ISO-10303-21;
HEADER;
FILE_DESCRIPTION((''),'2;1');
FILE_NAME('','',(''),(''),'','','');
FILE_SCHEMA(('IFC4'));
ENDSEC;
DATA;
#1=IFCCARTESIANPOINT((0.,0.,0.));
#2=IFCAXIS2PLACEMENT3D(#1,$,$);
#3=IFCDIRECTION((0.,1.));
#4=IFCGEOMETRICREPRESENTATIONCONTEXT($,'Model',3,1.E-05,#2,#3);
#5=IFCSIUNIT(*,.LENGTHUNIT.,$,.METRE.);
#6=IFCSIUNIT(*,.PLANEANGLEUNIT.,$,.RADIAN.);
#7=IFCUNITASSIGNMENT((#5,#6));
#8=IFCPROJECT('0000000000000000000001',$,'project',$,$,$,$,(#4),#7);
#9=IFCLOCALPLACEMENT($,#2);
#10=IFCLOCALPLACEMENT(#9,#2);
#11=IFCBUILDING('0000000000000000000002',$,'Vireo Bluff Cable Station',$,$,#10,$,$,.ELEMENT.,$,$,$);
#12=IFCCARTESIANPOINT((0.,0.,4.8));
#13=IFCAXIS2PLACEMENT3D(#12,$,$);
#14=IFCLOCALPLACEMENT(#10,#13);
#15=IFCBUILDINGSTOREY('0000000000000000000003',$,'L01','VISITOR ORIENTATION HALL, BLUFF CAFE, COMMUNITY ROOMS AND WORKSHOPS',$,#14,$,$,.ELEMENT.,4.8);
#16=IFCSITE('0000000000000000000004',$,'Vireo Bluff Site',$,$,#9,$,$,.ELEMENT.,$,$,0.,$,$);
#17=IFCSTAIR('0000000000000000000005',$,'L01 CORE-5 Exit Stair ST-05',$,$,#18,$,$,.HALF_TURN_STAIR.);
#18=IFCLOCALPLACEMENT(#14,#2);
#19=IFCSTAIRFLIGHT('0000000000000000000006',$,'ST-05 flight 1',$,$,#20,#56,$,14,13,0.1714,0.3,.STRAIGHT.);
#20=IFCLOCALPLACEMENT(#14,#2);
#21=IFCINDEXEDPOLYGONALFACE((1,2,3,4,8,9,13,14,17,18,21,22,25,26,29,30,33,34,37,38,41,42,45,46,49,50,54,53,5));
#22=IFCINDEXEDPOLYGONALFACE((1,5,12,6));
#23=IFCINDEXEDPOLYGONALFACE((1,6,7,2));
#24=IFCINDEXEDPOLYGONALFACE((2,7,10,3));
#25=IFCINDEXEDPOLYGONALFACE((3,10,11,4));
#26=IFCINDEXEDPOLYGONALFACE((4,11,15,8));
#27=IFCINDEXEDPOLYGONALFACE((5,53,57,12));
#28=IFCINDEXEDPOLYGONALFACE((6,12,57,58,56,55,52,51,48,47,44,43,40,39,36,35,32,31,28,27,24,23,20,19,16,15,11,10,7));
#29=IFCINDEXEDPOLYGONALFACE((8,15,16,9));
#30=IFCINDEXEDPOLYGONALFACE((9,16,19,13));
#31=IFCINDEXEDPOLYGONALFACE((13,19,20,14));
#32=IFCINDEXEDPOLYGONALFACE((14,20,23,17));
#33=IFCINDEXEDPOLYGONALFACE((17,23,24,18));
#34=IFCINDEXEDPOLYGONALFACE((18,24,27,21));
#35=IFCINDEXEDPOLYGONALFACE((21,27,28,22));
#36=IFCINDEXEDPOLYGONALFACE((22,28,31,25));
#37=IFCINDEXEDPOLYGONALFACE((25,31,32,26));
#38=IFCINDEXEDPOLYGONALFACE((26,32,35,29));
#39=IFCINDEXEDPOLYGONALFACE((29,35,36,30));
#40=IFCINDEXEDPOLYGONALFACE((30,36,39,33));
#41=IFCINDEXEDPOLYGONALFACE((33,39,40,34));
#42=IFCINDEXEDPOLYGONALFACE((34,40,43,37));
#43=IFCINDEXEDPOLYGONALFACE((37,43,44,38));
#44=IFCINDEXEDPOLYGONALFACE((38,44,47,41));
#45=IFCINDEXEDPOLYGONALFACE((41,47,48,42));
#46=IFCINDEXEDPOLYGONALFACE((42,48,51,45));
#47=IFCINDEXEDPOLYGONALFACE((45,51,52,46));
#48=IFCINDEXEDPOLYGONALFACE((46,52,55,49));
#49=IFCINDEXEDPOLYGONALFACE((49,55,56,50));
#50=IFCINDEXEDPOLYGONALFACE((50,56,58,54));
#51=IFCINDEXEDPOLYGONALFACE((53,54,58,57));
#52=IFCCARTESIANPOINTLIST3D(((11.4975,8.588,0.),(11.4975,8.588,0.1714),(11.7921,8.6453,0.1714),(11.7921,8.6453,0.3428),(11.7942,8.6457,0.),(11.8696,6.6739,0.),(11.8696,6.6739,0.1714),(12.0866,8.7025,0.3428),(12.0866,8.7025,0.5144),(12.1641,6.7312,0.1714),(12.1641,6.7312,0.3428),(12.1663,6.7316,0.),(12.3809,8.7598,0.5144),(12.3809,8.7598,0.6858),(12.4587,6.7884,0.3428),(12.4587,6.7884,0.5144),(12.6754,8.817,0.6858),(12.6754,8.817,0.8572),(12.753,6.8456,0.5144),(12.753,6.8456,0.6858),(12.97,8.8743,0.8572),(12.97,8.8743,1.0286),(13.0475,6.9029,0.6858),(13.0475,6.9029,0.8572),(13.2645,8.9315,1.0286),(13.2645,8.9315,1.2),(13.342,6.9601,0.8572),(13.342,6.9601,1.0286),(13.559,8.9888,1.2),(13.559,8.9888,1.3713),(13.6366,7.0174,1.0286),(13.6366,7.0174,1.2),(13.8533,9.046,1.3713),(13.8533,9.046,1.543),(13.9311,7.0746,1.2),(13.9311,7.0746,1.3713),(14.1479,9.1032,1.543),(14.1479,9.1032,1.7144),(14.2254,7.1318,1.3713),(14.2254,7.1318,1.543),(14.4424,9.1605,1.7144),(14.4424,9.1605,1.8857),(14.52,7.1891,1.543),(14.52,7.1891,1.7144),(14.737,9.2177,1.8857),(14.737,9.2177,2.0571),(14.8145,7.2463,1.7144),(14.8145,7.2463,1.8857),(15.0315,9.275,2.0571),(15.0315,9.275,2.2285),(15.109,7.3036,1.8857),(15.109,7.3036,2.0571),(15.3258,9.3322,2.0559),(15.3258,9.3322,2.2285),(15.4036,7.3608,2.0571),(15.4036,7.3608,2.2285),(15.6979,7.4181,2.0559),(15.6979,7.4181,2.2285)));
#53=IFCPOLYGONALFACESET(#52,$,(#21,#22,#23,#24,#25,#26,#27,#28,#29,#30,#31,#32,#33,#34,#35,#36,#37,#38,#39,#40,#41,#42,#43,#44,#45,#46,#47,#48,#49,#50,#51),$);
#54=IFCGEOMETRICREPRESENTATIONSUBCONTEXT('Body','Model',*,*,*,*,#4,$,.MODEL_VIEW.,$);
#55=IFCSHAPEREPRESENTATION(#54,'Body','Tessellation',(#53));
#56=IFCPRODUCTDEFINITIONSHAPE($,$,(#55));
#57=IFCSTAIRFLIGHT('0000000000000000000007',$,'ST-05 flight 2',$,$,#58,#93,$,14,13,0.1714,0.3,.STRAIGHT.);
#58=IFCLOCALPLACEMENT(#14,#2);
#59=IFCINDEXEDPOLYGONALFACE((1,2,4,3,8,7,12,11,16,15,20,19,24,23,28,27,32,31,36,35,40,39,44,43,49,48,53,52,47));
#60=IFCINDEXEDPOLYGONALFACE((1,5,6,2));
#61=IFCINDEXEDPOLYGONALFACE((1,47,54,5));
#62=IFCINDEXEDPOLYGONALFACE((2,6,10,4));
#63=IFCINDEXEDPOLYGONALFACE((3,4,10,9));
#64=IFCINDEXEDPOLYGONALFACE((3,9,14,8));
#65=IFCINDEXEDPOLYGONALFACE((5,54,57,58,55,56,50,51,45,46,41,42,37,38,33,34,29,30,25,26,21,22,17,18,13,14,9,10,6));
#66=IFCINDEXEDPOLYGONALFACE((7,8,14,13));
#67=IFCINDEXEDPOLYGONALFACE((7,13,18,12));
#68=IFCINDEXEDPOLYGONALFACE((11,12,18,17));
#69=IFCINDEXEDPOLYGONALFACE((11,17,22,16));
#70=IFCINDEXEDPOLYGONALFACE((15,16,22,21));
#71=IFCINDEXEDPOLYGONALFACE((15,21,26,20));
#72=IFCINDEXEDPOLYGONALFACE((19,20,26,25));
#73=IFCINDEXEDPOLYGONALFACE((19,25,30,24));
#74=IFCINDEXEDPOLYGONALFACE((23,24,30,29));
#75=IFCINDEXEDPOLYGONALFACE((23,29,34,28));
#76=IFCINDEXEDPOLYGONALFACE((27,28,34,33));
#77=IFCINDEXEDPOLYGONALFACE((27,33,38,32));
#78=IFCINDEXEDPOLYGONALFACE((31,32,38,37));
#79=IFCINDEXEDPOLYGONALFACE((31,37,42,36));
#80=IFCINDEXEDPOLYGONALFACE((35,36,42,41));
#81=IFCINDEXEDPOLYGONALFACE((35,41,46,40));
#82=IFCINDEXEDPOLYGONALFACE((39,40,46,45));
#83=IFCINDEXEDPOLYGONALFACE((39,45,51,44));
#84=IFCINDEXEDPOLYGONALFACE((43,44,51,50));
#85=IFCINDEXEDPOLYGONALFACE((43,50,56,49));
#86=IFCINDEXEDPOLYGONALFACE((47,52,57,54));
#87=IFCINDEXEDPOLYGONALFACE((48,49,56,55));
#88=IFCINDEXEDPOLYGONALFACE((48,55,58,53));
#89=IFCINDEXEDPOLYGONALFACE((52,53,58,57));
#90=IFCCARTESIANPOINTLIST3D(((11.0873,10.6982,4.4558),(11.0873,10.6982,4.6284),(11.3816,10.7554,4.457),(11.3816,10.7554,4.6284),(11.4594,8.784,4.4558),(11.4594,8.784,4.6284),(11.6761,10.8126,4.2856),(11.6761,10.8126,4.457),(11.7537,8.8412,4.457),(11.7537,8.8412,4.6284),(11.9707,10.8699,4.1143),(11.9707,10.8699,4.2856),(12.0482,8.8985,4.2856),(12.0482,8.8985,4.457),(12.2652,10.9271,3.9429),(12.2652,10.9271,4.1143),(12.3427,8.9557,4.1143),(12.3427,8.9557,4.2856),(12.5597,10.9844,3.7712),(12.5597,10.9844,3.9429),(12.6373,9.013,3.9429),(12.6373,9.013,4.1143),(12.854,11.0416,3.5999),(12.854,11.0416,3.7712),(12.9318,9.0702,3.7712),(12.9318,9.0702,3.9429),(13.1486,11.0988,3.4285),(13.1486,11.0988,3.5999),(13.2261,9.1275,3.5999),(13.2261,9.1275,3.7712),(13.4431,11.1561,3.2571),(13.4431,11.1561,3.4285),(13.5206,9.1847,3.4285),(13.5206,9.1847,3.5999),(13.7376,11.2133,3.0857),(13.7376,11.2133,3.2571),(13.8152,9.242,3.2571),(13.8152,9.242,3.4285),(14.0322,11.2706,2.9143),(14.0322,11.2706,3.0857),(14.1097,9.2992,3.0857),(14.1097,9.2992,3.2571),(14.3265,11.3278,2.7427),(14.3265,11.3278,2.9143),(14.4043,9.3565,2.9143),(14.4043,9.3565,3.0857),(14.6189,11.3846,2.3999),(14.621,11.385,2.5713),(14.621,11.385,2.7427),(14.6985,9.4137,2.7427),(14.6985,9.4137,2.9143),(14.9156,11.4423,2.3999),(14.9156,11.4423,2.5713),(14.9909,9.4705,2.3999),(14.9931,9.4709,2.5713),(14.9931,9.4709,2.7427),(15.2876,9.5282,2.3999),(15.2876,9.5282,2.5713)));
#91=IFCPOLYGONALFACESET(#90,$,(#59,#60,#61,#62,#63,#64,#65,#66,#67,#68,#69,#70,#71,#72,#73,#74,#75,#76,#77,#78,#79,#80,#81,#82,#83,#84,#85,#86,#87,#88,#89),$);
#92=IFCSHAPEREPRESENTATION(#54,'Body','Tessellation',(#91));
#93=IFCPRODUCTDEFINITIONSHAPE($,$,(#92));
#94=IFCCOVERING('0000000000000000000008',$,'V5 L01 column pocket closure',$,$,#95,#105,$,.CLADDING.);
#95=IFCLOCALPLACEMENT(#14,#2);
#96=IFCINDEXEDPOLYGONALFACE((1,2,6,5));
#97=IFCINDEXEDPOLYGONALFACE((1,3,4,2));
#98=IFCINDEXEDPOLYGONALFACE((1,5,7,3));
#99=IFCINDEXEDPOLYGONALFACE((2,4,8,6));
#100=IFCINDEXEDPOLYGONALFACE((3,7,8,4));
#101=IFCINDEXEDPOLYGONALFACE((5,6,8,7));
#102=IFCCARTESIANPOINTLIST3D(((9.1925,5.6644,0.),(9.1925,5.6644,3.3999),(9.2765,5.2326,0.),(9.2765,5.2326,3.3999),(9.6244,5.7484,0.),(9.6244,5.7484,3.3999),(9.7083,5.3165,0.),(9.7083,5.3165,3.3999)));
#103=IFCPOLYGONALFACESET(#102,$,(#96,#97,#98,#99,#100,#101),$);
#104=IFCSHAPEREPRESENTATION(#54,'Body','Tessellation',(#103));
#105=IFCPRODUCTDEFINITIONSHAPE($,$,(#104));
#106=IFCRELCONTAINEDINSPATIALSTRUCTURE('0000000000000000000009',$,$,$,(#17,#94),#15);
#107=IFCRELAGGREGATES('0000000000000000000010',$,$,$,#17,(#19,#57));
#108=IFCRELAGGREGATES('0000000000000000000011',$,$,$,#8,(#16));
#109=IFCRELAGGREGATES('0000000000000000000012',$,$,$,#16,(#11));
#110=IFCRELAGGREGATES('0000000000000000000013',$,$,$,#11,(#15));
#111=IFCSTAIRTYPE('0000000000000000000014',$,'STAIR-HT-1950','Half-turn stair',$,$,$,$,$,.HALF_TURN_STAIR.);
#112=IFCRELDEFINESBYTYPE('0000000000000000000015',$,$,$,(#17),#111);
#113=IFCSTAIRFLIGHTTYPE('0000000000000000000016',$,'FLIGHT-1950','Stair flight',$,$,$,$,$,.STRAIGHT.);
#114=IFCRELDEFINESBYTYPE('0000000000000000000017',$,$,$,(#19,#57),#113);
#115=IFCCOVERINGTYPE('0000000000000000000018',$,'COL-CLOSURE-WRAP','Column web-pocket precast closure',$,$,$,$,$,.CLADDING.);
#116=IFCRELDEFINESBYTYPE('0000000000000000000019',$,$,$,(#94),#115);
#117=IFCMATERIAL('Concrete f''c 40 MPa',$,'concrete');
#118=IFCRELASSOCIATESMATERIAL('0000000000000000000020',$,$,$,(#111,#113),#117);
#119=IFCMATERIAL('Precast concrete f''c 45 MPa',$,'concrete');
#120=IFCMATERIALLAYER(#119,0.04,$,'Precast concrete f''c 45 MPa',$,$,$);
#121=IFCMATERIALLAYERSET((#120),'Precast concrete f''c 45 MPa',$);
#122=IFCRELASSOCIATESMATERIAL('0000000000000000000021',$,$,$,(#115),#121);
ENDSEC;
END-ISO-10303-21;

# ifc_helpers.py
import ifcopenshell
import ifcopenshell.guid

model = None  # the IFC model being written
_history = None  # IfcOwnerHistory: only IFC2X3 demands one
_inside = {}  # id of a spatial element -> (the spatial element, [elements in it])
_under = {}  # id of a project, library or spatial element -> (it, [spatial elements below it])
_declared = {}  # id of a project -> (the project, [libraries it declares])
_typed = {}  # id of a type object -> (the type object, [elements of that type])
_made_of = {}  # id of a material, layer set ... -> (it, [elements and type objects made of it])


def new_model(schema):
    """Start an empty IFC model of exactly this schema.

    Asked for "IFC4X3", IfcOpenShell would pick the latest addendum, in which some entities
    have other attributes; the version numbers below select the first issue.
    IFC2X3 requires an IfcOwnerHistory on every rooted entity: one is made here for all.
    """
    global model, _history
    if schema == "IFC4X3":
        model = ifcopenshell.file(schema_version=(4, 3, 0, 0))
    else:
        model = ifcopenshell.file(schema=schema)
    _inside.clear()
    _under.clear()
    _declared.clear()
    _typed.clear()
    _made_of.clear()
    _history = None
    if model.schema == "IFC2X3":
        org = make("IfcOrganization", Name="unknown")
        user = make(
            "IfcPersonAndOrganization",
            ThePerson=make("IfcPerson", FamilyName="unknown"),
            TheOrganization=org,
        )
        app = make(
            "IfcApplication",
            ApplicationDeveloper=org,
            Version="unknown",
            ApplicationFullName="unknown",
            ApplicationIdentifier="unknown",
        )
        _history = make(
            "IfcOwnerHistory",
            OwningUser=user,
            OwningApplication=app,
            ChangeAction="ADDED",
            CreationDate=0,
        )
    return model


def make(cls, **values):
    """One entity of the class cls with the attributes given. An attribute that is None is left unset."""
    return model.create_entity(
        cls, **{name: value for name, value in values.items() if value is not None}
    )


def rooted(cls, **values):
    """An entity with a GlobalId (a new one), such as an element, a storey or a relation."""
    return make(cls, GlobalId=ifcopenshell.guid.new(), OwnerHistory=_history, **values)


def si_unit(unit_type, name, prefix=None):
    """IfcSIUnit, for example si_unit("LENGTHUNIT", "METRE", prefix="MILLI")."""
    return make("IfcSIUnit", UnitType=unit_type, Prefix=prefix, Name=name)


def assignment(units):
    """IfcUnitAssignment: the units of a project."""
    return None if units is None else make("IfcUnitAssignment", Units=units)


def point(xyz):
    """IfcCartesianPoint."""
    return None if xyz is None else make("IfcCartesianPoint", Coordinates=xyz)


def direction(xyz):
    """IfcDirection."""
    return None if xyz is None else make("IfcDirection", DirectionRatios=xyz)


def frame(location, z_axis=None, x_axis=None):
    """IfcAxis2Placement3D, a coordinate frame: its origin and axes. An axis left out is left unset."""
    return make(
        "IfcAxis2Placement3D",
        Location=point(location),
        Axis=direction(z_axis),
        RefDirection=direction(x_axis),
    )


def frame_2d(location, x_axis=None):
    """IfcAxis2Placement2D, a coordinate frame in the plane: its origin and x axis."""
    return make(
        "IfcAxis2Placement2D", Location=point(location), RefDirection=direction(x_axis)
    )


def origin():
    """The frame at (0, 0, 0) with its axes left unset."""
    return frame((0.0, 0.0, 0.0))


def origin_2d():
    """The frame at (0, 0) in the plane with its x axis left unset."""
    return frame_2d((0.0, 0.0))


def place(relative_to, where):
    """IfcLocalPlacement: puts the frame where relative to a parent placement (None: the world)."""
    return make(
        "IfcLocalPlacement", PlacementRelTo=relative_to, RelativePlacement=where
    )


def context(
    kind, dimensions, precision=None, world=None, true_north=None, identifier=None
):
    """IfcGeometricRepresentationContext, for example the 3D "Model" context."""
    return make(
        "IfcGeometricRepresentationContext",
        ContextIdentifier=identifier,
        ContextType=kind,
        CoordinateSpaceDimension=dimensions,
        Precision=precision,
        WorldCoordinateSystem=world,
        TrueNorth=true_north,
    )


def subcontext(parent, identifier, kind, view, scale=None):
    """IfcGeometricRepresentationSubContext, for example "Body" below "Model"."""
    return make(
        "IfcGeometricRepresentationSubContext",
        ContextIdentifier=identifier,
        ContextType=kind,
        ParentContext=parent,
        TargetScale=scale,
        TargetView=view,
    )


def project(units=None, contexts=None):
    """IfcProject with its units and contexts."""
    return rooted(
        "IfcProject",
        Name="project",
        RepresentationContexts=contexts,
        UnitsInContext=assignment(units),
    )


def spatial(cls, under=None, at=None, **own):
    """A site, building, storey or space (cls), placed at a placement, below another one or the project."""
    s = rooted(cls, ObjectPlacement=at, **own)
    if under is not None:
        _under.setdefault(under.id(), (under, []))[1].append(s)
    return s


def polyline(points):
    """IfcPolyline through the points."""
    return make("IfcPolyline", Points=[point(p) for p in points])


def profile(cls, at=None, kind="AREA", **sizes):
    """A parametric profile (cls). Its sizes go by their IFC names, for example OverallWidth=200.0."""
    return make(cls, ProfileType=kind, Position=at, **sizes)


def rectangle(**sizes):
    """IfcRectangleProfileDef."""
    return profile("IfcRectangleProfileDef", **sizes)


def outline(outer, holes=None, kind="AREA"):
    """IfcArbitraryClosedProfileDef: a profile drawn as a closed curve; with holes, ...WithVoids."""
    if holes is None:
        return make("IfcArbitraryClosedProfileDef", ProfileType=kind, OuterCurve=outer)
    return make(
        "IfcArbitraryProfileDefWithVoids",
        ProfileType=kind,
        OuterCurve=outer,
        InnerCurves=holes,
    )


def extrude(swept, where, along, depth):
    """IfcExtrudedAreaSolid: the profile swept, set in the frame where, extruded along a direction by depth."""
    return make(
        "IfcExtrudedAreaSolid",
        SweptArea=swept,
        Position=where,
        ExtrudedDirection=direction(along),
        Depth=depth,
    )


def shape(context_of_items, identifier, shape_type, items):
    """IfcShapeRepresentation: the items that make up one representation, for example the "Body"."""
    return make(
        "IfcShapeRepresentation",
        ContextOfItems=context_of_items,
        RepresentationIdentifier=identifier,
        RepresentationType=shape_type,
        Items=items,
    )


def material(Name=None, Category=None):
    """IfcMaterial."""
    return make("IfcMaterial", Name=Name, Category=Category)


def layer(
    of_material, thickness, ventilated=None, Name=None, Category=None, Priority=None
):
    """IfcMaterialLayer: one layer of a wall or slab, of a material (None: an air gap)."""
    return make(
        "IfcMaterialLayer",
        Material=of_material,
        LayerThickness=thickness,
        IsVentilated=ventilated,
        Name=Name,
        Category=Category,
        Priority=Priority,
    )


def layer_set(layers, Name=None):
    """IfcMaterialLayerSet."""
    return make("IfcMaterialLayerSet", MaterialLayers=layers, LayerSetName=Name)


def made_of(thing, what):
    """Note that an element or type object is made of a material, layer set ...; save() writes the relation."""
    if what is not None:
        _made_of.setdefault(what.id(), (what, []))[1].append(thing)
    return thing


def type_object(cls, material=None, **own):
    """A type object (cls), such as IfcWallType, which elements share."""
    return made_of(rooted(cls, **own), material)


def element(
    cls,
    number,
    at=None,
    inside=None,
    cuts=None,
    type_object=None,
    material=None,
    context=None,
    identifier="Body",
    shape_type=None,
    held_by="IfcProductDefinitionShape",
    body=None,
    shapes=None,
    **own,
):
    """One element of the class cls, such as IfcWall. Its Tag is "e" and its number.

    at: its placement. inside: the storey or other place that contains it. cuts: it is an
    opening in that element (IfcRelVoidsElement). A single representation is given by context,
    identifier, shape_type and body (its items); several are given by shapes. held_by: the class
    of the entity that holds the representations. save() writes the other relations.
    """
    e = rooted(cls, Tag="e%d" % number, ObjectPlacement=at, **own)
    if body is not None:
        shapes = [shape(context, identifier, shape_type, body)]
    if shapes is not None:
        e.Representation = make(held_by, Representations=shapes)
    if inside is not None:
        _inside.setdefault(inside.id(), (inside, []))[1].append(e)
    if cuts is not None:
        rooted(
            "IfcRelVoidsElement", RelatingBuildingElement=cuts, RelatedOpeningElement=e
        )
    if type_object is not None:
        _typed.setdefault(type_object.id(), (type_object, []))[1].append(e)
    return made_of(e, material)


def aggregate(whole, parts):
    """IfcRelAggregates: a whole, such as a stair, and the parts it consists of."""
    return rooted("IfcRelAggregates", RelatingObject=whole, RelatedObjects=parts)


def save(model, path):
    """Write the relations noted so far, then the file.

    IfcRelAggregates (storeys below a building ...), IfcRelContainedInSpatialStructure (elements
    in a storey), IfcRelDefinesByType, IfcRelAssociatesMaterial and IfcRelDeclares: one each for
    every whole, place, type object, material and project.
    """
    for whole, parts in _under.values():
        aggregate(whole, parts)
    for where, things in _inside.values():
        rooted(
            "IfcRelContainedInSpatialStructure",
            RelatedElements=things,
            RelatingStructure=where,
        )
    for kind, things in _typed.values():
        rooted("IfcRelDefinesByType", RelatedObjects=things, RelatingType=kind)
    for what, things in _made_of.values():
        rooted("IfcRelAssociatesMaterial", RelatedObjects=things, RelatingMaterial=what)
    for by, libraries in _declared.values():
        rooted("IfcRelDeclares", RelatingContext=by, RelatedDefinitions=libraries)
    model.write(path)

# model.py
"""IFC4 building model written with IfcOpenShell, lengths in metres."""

from ifc_helpers import new_model, si_unit, direction, frame, origin, origin_2d, place, context, subcontext, project, spatial, polyline, rectangle, outline, extrude, material, layer, layer_set, type_object, element, aggregate, save


model = new_model("IFC4")

# Units and contexts
model_context = context("Model", 3, precision=1e-05, world=origin(), true_north=direction((0.0, 1.0)))
body_context = subcontext(model_context, "Body", "Model", "MODEL_VIEW")
ifc_project = project(units=[si_unit("LENGTHUNIT", "METRE"), si_unit("PLANEANGLEUNIT", "RADIAN")], contexts=[model_context])

# Site, building, storey
site_placement = place(None, origin())
site = spatial("IfcSite", under=ifc_project, at=site_placement, Name="Vireo Bluff Site", CompositionType="ELEMENT", RefElevation=0.0)
building_placement = place(site_placement, origin())
building = spatial("IfcBuilding", under=site, at=building_placement, Name="Vireo Bluff Cable Station", CompositionType="ELEMENT")
storey_placement = place(building_placement, frame((0.0, 0.0, 4.8)))
storey = spatial("IfcBuildingStorey", under=building, at=storey_placement, Name="L01", Description="VISITOR ORIENTATION HALL, BLUFF CAFE, COMMUNITY ROOMS AND WORKSHOPS", CompositionType="ELEMENT", Elevation=4.8)

# Shared definitions
ifc_material_1 = material(Name="Precast concrete f'c 45 MPa", Category="concrete")

# Shared definitions
ifc_material_2 = material(Name="Concrete f'c 40 MPa", Category="concrete")

# Stair, stair flights
stair_type = type_object("IfcStairType", Name="STAIR-HT-1950", Description="Half-turn stair", PredefinedType="HALF_TURN_STAIR", material=ifc_material_2)
stair_placement = place(storey_placement, origin())
stair = element("IfcStair", 1, at=stair_placement, inside=storey, type_object=stair_type, Name="L01 CORE-5 Exit Stair ST-05", PredefinedType="HALF_TURN_STAIR")
stair_flight_type = type_object("IfcStairFlightType", Name="FLIGHT-1950", Description="Stair flight", PredefinedType="STRAIGHT", material=ifc_material_2)
stair_flight_1_placement = place(storey_placement, frame((11.6836, 7.6309, 0.0), z_axis=(0.0, 0.0, 1.0), x_axis=(0.981627, 0.190809, 0.0)))
stair_flight_1 = element("IfcStairFlight", 2, at=stair_flight_1_placement, type_object=stair_flight_type, Name="ST-05 flight 1", NumberOfRisers=14, NumberOfTreads=13, PredefinedType="STRAIGHT", RiserHeight=0.1714, TreadLength=0.3, context=body_context, shape_type="SweptSolid", body=[
    extrude(outline(polyline([(0.0, 0.0), (0.0, 0.1714), (0.3, 0.1714), (0.3, 0.3428), (0.6001, 0.3428), (0.6001, 0.5144), (0.8999, 0.5144), (0.8999, 0.6858), (1.2, 0.6858), (1.2, 0.8572), (1.5, 0.8572), (1.5, 1.0286), (1.8, 1.0286), (1.8, 1.2), (2.1001, 1.2), (2.1001, 1.3713), (2.3999, 1.3713), (2.3999, 1.543), (2.7, 1.543), (2.7, 1.7144), (3.0, 1.7144), (3.0, 1.8857), (3.3, 1.8857), (3.3, 2.0571), (3.6001, 2.0571), (3.6001, 2.2285), (3.8999, 2.2285), (3.8999, 2.3999), (3.8999, 2.0559), (0.3022, 0.0), (0.0, 0.0)])), frame((0.0, 0.9751, 0.0), z_axis=(0.0, -1.0, 0.0), x_axis=(1.0, 0.0, 0.0)), (0.0, 0.0, 1.0), 1.95),
])
stair_flight_2_placement = place(storey_placement, frame((15.1016, 10.4854, 2.3999), z_axis=(0.0, 0.0, 1.0), x_axis=(-0.981627, -0.190809, 0.0)))
stair_flight_2 = element("IfcStairFlight", 3, at=stair_flight_2_placement, type_object=stair_flight_type, Name="ST-05 flight 2", NumberOfRisers=14, NumberOfTreads=13, PredefinedType="STRAIGHT", RiserHeight=0.1714, TreadLength=0.3, context=body_context, shape_type="SweptSolid", body=[
    extrude(outline(polyline([(0.0, 0.0), (0.0, 0.1714), (0.3, 0.1714), (0.3, 0.3428), (0.6001, 0.3428), (0.6001, 0.5144), (0.8999, 0.5144), (0.8999, 0.6858), (1.2, 0.6858), (1.2, 0.8572), (1.5, 0.8572), (1.5, 1.0286), (1.8, 1.0286), (1.8, 1.2), (2.1001, 1.2), (2.1001, 1.3713), (2.3999, 1.3713), (2.3999, 1.543), (2.7, 1.543), (2.7, 1.7144), (3.0, 1.7144), (3.0, 1.8857), (3.3, 1.8857), (3.3, 2.0571), (3.6001, 2.0571), (3.6001, 2.2285), (3.8999, 2.2285), (3.8999, 2.3999), (3.8999, 2.0559), (0.3022, 0.0), (0.0, 0.0)])), frame((0.0, 0.9751, 0.0), z_axis=(0.0, -1.0, 0.0), x_axis=(1.0, 0.0, 0.0)), (0.0, 0.0, 1.0), 1.95),
])
aggregate(stair, [stair_flight_1, stair_flight_2])

# Covering
ifc_layer_1 = layer(ifc_material_1, 0.04, Name="Precast concrete f'c 45 MPa")
ifc_layer_set_1 = layer_set([ifc_layer_1], Name="Precast concrete f'c 45 MPa")
covering_type = type_object("IfcCoveringType", Name="COL-CLOSURE-WRAP", Description="Column web-pocket precast closure", PredefinedType="CLADDING", material=ifc_layer_set_1)
covering_placement = place(storey_placement, frame((9.4504, 5.4905, 0.0), z_axis=(0.0, 0.0, 1.0), x_axis=(0.981627, 0.190809, 0.0)))
element("IfcCovering", 4, at=covering_placement, inside=storey, type_object=covering_type, Name="V5 L01 column pocket closure", PredefinedType="CLADDING", context=body_context, shape_type="SweptSolid", body=[
    extrude(rectangle(XDim=0.4399, YDim=0.4399, at=origin_2d()), origin(), (0.0, 0.0, 1.0), 3.3999),
])

save(model, "model.ifc")
